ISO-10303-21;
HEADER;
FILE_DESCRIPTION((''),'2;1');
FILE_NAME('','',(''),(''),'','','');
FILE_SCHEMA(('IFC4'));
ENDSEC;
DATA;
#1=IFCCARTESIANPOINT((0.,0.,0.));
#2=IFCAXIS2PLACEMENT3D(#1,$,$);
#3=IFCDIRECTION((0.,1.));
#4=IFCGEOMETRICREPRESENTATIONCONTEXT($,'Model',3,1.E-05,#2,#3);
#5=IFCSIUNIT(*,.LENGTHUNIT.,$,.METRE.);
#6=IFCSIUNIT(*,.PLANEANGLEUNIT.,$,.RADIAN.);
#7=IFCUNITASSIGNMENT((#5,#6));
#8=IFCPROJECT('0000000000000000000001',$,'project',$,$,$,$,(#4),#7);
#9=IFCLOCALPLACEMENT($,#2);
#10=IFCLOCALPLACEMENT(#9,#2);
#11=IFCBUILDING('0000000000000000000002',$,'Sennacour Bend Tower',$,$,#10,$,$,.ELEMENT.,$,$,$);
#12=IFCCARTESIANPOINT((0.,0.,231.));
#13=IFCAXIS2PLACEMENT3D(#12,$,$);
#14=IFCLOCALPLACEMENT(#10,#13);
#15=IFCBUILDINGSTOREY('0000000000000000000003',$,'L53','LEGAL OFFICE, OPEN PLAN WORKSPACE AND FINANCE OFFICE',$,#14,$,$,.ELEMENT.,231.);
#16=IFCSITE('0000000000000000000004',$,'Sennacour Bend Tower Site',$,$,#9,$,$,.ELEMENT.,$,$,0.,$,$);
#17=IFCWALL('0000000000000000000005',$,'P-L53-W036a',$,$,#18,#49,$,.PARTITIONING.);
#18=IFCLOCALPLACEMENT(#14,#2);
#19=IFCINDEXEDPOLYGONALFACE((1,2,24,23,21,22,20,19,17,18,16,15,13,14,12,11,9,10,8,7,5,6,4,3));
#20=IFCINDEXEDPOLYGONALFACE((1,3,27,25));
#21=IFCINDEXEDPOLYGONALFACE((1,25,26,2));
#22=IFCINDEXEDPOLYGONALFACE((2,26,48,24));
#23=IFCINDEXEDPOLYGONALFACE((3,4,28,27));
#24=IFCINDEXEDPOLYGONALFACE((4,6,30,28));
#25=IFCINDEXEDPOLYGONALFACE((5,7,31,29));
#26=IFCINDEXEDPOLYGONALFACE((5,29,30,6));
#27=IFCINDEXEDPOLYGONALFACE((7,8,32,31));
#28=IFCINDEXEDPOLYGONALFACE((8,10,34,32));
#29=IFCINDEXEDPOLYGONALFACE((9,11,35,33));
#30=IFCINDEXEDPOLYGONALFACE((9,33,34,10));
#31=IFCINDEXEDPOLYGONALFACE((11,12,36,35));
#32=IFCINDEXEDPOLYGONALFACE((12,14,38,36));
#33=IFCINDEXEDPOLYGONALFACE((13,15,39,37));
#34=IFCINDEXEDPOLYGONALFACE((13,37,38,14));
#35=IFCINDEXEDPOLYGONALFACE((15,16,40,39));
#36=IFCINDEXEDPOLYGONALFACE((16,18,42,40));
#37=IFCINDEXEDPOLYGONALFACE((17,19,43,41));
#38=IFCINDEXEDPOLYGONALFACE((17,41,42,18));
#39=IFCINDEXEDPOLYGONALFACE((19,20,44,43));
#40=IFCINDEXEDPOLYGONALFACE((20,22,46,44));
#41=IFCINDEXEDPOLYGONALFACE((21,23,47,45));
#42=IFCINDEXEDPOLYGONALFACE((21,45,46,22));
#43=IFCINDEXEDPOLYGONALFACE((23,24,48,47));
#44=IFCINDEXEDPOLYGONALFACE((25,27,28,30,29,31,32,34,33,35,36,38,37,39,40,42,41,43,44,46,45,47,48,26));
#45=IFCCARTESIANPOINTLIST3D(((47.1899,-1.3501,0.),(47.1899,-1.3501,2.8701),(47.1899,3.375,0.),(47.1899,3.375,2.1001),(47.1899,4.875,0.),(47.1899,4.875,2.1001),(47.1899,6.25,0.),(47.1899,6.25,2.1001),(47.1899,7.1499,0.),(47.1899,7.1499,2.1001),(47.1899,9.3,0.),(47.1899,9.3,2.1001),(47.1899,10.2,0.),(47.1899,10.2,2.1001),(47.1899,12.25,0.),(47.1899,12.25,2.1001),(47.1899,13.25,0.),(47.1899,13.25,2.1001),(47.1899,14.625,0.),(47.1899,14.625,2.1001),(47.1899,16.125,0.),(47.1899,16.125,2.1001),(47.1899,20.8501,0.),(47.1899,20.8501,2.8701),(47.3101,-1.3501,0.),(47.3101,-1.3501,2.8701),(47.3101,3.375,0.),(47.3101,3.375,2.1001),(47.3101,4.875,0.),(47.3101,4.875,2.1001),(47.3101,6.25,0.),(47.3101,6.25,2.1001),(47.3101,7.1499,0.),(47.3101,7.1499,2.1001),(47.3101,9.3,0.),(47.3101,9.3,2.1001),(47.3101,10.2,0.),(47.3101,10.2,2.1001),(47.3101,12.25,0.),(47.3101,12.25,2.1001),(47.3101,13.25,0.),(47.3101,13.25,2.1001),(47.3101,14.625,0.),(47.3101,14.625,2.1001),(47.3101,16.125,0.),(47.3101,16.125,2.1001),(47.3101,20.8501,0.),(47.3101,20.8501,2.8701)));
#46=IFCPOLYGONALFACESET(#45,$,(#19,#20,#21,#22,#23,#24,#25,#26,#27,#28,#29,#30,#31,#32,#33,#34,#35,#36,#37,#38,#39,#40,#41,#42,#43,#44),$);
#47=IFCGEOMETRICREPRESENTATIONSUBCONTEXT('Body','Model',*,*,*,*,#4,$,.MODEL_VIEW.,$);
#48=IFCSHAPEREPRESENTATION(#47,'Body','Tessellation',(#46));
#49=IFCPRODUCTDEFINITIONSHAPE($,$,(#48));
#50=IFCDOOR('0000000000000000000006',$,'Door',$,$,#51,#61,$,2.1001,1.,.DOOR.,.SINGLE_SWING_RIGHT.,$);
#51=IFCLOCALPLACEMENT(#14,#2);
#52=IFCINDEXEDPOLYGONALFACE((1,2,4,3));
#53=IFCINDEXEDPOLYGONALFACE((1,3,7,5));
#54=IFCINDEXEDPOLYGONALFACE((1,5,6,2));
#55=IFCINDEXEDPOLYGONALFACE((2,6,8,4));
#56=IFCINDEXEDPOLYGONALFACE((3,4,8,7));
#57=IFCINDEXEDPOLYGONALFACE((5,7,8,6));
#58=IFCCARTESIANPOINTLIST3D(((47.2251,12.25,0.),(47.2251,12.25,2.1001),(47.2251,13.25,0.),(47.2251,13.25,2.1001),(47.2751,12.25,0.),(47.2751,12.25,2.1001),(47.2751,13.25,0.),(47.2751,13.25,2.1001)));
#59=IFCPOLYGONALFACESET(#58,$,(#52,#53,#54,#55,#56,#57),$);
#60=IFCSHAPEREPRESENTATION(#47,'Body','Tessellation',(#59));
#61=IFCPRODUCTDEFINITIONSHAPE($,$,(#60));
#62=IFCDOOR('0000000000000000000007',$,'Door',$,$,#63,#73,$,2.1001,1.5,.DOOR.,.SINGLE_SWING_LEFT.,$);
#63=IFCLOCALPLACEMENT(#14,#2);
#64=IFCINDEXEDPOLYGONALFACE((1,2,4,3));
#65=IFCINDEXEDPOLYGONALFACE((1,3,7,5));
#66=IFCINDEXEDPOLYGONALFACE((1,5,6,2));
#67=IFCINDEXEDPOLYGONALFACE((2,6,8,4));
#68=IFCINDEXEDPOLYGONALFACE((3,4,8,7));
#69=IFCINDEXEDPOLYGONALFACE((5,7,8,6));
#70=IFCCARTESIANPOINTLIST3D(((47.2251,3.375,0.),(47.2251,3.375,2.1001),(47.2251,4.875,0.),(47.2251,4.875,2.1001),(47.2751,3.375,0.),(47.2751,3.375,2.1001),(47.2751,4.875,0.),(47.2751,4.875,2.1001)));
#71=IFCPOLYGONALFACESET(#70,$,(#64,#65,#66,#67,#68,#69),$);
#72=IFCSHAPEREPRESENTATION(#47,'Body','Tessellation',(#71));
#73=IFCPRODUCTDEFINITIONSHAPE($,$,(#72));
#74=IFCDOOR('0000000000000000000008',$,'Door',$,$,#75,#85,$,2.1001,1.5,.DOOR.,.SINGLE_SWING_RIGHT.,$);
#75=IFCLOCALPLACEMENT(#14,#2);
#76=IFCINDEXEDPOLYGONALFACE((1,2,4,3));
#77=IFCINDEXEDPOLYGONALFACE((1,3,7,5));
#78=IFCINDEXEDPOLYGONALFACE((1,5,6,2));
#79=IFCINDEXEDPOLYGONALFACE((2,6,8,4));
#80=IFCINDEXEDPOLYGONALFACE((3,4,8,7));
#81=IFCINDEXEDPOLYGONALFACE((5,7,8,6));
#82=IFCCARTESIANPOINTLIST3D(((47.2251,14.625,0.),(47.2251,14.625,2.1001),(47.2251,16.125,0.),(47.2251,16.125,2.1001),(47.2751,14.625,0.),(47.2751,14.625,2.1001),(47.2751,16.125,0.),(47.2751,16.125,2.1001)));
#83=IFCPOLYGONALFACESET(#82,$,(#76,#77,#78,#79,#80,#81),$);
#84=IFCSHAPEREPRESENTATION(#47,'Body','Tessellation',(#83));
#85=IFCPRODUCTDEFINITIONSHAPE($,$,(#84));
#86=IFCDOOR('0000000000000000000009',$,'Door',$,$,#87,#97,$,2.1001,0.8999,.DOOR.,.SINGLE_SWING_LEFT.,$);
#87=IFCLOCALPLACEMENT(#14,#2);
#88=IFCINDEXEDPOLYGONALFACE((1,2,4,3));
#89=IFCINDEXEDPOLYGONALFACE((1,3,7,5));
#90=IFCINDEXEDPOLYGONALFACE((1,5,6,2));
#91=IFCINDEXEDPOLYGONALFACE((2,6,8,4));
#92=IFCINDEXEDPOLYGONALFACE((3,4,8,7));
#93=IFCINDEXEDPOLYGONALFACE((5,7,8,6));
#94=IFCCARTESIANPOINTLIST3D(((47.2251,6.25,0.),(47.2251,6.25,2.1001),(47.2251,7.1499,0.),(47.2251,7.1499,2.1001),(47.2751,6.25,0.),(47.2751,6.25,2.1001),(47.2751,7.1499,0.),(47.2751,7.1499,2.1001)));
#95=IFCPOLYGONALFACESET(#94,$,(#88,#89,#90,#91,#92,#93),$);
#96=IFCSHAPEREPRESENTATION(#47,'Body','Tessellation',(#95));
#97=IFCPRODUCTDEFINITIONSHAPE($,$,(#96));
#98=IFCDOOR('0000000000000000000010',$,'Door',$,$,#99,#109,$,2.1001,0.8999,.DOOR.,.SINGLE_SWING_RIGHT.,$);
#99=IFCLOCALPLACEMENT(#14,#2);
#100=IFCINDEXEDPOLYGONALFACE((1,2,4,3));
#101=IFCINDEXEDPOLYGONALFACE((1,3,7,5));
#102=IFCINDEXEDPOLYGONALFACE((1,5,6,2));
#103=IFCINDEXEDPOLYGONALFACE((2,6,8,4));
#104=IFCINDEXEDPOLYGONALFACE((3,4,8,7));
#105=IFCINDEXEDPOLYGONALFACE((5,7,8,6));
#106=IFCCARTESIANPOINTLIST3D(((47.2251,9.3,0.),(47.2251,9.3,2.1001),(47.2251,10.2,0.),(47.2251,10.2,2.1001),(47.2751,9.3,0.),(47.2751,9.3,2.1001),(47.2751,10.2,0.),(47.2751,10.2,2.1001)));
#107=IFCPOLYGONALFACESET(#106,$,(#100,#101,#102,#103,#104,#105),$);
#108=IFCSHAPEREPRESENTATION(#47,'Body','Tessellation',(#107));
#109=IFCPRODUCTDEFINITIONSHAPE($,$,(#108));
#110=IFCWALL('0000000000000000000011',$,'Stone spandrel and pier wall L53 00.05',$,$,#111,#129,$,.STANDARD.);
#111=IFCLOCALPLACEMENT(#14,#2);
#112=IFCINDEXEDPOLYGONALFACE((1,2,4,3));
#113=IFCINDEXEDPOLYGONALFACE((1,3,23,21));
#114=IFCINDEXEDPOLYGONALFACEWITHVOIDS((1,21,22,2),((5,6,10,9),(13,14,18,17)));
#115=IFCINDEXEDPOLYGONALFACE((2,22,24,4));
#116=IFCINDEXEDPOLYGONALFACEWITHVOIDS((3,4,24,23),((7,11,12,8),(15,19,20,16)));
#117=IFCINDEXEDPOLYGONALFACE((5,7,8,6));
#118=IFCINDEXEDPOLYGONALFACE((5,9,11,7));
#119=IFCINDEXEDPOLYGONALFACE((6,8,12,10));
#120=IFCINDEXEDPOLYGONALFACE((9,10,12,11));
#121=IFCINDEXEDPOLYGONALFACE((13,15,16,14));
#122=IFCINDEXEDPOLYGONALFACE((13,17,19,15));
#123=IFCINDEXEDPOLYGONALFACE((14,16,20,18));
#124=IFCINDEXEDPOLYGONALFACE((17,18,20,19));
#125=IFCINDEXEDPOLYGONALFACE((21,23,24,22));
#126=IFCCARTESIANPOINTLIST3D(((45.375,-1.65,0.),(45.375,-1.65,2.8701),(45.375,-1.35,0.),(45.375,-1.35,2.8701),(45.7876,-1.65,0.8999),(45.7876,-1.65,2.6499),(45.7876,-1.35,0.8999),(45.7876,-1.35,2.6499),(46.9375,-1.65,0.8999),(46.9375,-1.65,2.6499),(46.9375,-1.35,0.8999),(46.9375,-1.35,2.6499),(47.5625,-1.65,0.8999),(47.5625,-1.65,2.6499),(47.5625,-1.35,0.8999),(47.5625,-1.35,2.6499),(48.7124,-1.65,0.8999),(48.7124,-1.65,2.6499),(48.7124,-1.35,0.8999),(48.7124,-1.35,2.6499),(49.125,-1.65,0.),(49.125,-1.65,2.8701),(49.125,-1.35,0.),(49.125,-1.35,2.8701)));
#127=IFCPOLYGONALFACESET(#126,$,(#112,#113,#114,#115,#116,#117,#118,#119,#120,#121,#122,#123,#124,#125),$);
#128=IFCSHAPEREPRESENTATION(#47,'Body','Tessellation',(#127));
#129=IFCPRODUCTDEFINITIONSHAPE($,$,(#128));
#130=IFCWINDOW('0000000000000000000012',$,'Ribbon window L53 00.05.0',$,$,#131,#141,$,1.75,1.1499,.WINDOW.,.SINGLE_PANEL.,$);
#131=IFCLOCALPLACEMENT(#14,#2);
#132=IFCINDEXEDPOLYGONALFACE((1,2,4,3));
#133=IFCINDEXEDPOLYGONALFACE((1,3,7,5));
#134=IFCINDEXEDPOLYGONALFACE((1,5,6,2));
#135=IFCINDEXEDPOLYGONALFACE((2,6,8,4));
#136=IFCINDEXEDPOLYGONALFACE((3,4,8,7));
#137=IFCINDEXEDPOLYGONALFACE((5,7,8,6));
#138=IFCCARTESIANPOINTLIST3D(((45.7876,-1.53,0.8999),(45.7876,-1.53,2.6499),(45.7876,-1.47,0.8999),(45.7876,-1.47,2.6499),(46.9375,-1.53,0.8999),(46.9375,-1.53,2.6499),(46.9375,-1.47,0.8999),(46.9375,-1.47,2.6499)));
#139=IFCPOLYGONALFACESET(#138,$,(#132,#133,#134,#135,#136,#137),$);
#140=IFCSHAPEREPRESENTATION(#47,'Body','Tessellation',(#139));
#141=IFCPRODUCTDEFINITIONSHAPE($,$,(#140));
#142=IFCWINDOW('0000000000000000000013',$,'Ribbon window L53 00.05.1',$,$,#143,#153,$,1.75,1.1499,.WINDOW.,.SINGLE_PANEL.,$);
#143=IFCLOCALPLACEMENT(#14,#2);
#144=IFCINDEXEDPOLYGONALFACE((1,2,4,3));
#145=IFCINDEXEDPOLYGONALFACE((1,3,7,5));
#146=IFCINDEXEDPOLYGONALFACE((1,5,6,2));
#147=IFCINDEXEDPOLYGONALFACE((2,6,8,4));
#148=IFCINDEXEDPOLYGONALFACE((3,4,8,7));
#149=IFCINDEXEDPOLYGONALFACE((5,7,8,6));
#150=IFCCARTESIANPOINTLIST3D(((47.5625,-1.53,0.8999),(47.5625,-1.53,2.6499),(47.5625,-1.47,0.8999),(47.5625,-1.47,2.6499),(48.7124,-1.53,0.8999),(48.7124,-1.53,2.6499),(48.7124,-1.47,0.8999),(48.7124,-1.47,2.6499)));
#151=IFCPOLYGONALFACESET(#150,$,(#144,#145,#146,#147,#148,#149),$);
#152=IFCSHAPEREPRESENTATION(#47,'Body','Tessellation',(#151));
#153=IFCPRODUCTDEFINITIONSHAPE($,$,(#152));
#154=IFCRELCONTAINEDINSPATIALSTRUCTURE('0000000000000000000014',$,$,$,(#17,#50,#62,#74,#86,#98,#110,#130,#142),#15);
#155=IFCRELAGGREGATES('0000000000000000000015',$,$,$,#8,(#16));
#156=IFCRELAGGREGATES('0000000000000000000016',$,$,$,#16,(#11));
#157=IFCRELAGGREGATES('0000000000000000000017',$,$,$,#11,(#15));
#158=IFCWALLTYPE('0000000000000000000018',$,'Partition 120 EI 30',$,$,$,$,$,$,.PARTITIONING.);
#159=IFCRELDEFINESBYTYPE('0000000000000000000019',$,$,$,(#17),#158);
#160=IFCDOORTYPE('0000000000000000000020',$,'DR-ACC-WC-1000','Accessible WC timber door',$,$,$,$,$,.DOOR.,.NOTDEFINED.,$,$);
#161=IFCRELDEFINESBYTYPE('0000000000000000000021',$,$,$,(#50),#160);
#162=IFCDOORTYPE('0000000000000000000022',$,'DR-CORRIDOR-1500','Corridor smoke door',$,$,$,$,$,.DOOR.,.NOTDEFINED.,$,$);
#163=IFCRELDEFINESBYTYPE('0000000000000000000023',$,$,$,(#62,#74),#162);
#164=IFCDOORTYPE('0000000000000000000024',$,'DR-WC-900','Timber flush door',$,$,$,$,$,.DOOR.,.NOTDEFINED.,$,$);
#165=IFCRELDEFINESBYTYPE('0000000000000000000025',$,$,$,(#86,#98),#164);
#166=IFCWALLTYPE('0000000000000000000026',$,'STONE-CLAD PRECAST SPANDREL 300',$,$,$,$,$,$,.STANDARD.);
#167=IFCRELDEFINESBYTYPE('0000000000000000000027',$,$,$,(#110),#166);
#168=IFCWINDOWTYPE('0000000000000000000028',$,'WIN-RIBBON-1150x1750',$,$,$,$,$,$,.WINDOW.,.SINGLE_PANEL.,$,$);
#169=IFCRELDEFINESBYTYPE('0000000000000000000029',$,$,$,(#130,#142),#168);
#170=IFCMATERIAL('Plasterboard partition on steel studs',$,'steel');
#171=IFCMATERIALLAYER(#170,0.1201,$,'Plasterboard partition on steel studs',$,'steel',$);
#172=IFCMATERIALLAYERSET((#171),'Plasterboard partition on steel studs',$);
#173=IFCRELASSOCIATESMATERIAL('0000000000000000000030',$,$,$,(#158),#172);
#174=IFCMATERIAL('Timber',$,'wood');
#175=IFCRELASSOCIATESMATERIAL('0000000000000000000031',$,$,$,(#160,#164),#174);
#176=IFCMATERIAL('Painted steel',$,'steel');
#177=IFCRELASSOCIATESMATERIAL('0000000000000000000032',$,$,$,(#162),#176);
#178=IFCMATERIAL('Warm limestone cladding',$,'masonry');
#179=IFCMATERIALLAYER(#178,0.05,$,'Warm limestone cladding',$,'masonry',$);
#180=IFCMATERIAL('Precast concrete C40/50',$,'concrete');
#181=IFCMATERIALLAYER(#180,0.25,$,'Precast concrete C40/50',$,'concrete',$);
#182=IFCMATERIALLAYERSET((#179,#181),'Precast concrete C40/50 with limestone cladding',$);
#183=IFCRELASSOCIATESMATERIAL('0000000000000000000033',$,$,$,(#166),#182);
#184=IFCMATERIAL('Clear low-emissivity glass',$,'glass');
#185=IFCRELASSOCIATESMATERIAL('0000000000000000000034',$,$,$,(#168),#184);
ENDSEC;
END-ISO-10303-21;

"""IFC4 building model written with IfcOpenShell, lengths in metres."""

from ifc_helpers import new_model, si_unit, direction, frame, frame_2d, origin, place, context, subcontext, project, spatial, rectangle, extrude, material, layer, layer_set, type_object, element, fill, save


model = new_model("IFC4")

# Units and contexts
model_context = context("Model", 3, precision=1e-05, world=origin(), true_north=direction((0.0, 1.0)))
body_context = subcontext(model_context, "Body", "Model", "MODEL_VIEW")
ifc_project = project(units=[si_unit("LENGTHUNIT", "METRE"), si_unit("PLANEANGLEUNIT", "RADIAN")], contexts=[model_context])

# Site, building, storey
site_placement = place(None, origin())
site = spatial("IfcSite", under=ifc_project, at=site_placement, Name="Sennacour Bend Tower Site", CompositionType="ELEMENT", RefElevation=0.0)
building_placement = place(site_placement, origin())
building = spatial("IfcBuilding", under=site, at=building_placement, Name="Sennacour Bend Tower", CompositionType="ELEMENT")
storey_placement = place(building_placement, frame((0.0, 0.0, 231.0)))
storey = spatial("IfcBuildingStorey", under=building, at=storey_placement, Name="L53", Description="LEGAL OFFICE, OPEN PLAN WORKSPACE AND FINANCE OFFICE", CompositionType="ELEMENT", Elevation=231.0)

# Shared definitions
ifc_material_1 = material(Name="Plasterboard partition on steel studs", Category="steel")

# Wall, openings, doors
ifc_layer_1 = layer(ifc_material_1, 0.1201, Name="Plasterboard partition on steel studs", Category="steel")
ifc_layer_set_1 = layer_set([ifc_layer_1], Name="Plasterboard partition on steel studs")
wall_type_1 = type_object("IfcWallType", Name="Partition 120 EI 30", PredefinedType="PARTITIONING", material=ifc_layer_set_1)
wall_1_placement = place(storey_placement, frame((47.25, -1.3501, 0.0), z_axis=(0.0, 0.0, 1.0), x_axis=(0.0, 1.0, 0.0)))
wall_1 = element("IfcWall", 1, at=wall_1_placement, inside=storey, type_object=wall_type_1, Name="P-L53-W036a", PredefinedType="PARTITIONING", context=body_context, shape_type="SweptSolid", body=[
    extrude(rectangle(XDim=22.2002, YDim=0.1201, at=frame_2d((11.1001, 0.0))), origin(), (0.0, 0.0, 1.0), 2.8701),
])
opening_1_placement = place(wall_1_placement, frame((4.7251, 0.0, 0.0)))
opening_1 = element("IfcOpeningElement", 2, at=opening_1_placement, cuts=wall_1, PredefinedType="OPENING", context=body_context, shape_type="SweptSolid", body=[
    extrude(rectangle(XDim=1.5, YDim=2.1001, at=frame_2d((0.75, 1.05))), frame((0.0, 0.0701, 0.0), z_axis=(0.0, -1.0, 0.0), x_axis=(1.0, 0.0, 0.0)), (0.0, 0.0, 1.0), 0.1401),
])
opening_2_placement = place(wall_1_placement, frame((15.9751, 0.0, 0.0)))
opening_2 = element("IfcOpeningElement", 3, at=opening_2_placement, cuts=wall_1, PredefinedType="OPENING", context=body_context, shape_type="SweptSolid", body=[
    extrude(rectangle(XDim=1.5, YDim=2.1001, at=frame_2d((0.75, 1.05))), frame((0.0, 0.0701, 0.0), z_axis=(0.0, -1.0, 0.0), x_axis=(1.0, 0.0, 0.0)), (0.0, 0.0, 1.0), 0.1401),
])
opening_3_placement = place(wall_1_placement, frame((7.6001, 0.0, 0.0)))
opening_3 = element("IfcOpeningElement", 4, at=opening_3_placement, cuts=wall_1, PredefinedType="OPENING", context=body_context, shape_type="SweptSolid", body=[
    extrude(rectangle(XDim=0.8999, YDim=2.1001, at=frame_2d((0.45, 1.05))), frame((0.0, 0.0701, 0.0), z_axis=(0.0, -1.0, 0.0), x_axis=(1.0, 0.0, 0.0)), (0.0, 0.0, 1.0), 0.1401),
])
opening_4_placement = place(wall_1_placement, frame((10.6501, 0.0, 0.0)))
opening_4 = element("IfcOpeningElement", 5, at=opening_4_placement, cuts=wall_1, PredefinedType="OPENING", context=body_context, shape_type="SweptSolid", body=[
    extrude(rectangle(XDim=0.8999, YDim=2.1001, at=frame_2d((0.45, 1.05))), frame((0.0, 0.0701, 0.0), z_axis=(0.0, -1.0, 0.0), x_axis=(1.0, 0.0, 0.0)), (0.0, 0.0, 1.0), 0.1401),
])
opening_5_placement = place(wall_1_placement, frame((13.6001, 0.0, 0.0)))
opening_5 = element("IfcOpeningElement", 6, at=opening_5_placement, cuts=wall_1, PredefinedType="OPENING", context=body_context, shape_type="SweptSolid", body=[
    extrude(rectangle(XDim=1.0, YDim=2.1001, at=frame_2d((0.5, 1.05))), frame((0.0, 0.0701, 0.0), z_axis=(0.0, -1.0, 0.0), x_axis=(1.0, 0.0, 0.0)), (0.0, 0.0, 1.0), 0.1401),
])
ifc_material_2 = material(Name="Timber", Category="wood")
door_type_1 = type_object("IfcDoorType", Name="DR-ACC-WC-1000", Description="Accessible WC timber door", OperationType="NOTDEFINED", PredefinedType="DOOR", material=ifc_material_2)
door_1_placement = place(opening_5_placement, origin())
door_1 = element("IfcDoor", 7, at=door_1_placement, inside=storey, type_object=door_type_1, Name="Door", OperationType="SINGLE_SWING_RIGHT", OverallHeight=2.1001, OverallWidth=1.0, PredefinedType="DOOR", context=body_context, shape_type="SweptSolid", body=[
    extrude(rectangle(XDim=1.0, YDim=2.1001, at=frame_2d((0.5, 1.05))), frame((0.0, 0.0249, 0.0), z_axis=(0.0, -1.0, 0.0), x_axis=(1.0, 0.0, 0.0)), (0.0, 0.0, 1.0), 0.05),
])
fill(opening_5, door_1)
ifc_material_3 = material(Name="Painted steel", Category="steel")
door_type_2 = type_object("IfcDoorType", Name="DR-CORRIDOR-1500", Description="Corridor smoke door", OperationType="NOTDEFINED", PredefinedType="DOOR", material=ifc_material_3)
door_2_placement = place(opening_1_placement, origin())
door_2 = element("IfcDoor", 8, at=door_2_placement, inside=storey, type_object=door_type_2, Name="Door", OperationType="SINGLE_SWING_LEFT", OverallHeight=2.1001, OverallWidth=1.5, PredefinedType="DOOR", context=body_context, shape_type="SweptSolid", body=[
    extrude(rectangle(XDim=1.5, YDim=2.1001, at=frame_2d((0.75, 1.05))), frame((0.0, 0.0249, 0.0), z_axis=(0.0, -1.0, 0.0), x_axis=(1.0, 0.0, 0.0)), (0.0, 0.0, 1.0), 0.05),
])
fill(opening_1, door_2)
door_3_placement = place(opening_2_placement, origin())
door_3 = element("IfcDoor", 9, at=door_3_placement, inside=storey, type_object=door_type_2, Name="Door", OperationType="SINGLE_SWING_RIGHT", OverallHeight=2.1001, OverallWidth=1.5, PredefinedType="DOOR", context=body_context, shape_type="SweptSolid", body=[
    extrude(rectangle(XDim=1.5, YDim=2.1001, at=frame_2d((0.75, 1.05))), frame((0.0, 0.0249, 0.0), z_axis=(0.0, -1.0, 0.0), x_axis=(1.0, 0.0, 0.0)), (0.0, 0.0, 1.0), 0.05),
])
fill(opening_2, door_3)
door_type_3 = type_object("IfcDoorType", Name="DR-WC-900", Description="Timber flush door", OperationType="NOTDEFINED", PredefinedType="DOOR", material=ifc_material_2)
door_4_placement = place(opening_3_placement, origin())
door_4 = element("IfcDoor", 10, at=door_4_placement, inside=storey, type_object=door_type_3, Name="Door", OperationType="SINGLE_SWING_LEFT", OverallHeight=2.1001, OverallWidth=0.8999, PredefinedType="DOOR", context=body_context, shape_type="SweptSolid", body=[
    extrude(rectangle(XDim=0.8999, YDim=2.1001, at=frame_2d((0.45, 1.05))), frame((0.0, 0.0249, 0.0), z_axis=(0.0, -1.0, 0.0), x_axis=(1.0, 0.0, 0.0)), (0.0, 0.0, 1.0), 0.05),
])
fill(opening_3, door_4)
door_5_placement = place(opening_4_placement, origin())
door_5 = element("IfcDoor", 11, at=door_5_placement, inside=storey, type_object=door_type_3, Name="Door", OperationType="SINGLE_SWING_RIGHT", OverallHeight=2.1001, OverallWidth=0.8999, PredefinedType="DOOR", context=body_context, shape_type="SweptSolid", body=[
    extrude(rectangle(XDim=0.8999, YDim=2.1001, at=frame_2d((0.45, 1.05))), frame((0.0, 0.0249, 0.0), z_axis=(0.0, -1.0, 0.0), x_axis=(1.0, 0.0, 0.0)), (0.0, 0.0, 1.0), 0.05),
])
fill(opening_4, door_5)

# Wall, openings, windows
ifc_material_4 = material(Name="Warm limestone cladding", Category="masonry")
ifc_layer_2 = layer(ifc_material_4, 0.05, Name="Warm limestone cladding", Category="masonry")
ifc_material_5 = material(Name="Precast concrete C40/50", Category="concrete")
ifc_layer_3 = layer(ifc_material_5, 0.25, Name="Precast concrete C40/50", Category="concrete")
ifc_layer_set_2 = layer_set([ifc_layer_2, ifc_layer_3], Name="Precast concrete C40/50 with limestone cladding")
wall_type_2 = type_object("IfcWallType", Name="STONE-CLAD PRECAST SPANDREL 300", PredefinedType="STANDARD", material=ifc_layer_set_2)
wall_2_placement = place(storey_placement, frame((45.375, -1.5, 0.0), z_axis=(0.0, 0.0, 1.0), x_axis=(1.0, 0.0, 0.0)))
wall_2 = element("IfcWall", 12, at=wall_2_placement, inside=storey, type_object=wall_type_2, Name="Stone spandrel and pier wall L53 00.05", PredefinedType="STANDARD", context=body_context, shape_type="SweptSolid", body=[
    extrude(rectangle(XDim=3.75, YDim=0.3, at=frame_2d((1.875, 0.0))), origin(), (0.0, 0.0, 1.0), 2.8701),
])
opening_6_placement = place(wall_2_placement, frame((0.4126, 0.0, 0.8999)))
opening_6 = element("IfcOpeningElement", 13, at=opening_6_placement, cuts=wall_2, PredefinedType="OPENING", context=body_context, shape_type="SweptSolid", body=[
    extrude(rectangle(XDim=1.1499, YDim=1.75, at=frame_2d((0.575, 0.875))), frame((0.0, 0.1602, 0.0), z_axis=(0.0, -1.0, 0.0), x_axis=(1.0, 0.0, 0.0)), (0.0, 0.0, 1.0), 0.3201),
])
opening_7_placement = place(wall_2_placement, frame((2.1875, 0.0, 0.8999)))
opening_7 = element("IfcOpeningElement", 14, at=opening_7_placement, cuts=wall_2, PredefinedType="OPENING", context=body_context, shape_type="SweptSolid", body=[
    extrude(rectangle(XDim=1.1499, YDim=1.75, at=frame_2d((0.575, 0.875))), frame((0.0, 0.1602, 0.0), z_axis=(0.0, -1.0, 0.0), x_axis=(1.0, 0.0, 0.0)), (0.0, 0.0, 1.0), 0.3201),
])
ifc_material_6 = material(Name="Clear low-emissivity glass", Category="glass")
window_type = type_object("IfcWindowType", Name="WIN-RIBBON-1150x1750", PartitioningType="SINGLE_PANEL", PredefinedType="WINDOW", material=ifc_material_6)
window_1_placement = place(opening_6_placement, origin())
window_1 = element("IfcWindow", 15, at=window_1_placement, inside=storey, type_object=window_type, Name="Ribbon window L53 00.05.0", OverallHeight=1.75, OverallWidth=1.1499, PartitioningType="SINGLE_PANEL", PredefinedType="WINDOW", context=body_context, shape_type="SweptSolid", body=[
    extrude(rectangle(XDim=1.1499, YDim=1.75, at=frame_2d((0.575, 0.875))), frame((0.0, 0.03, 0.0), z_axis=(0.0, -1.0, 0.0), x_axis=(1.0, 0.0, 0.0)), (0.0, 0.0, 1.0), 0.0601),
])
fill(opening_6, window_1)
window_2_placement = place(opening_7_placement, origin())
window_2 = element("IfcWindow", 16, at=window_2_placement, inside=storey, type_object=window_type, Name="Ribbon window L53 00.05.1", OverallHeight=1.75, OverallWidth=1.1499, PartitioningType="SINGLE_PANEL", PredefinedType="WINDOW", context=body_context, shape_type="SweptSolid", body=[
    extrude(rectangle(XDim=1.1499, YDim=1.75, at=frame_2d((0.575, 0.875))), frame((0.0, 0.03, 0.0), z_axis=(0.0, -1.0, 0.0), x_axis=(1.0, 0.0, 0.0)), (0.0, 0.0, 1.0), 0.0601),
])
fill(opening_7, window_2)

save(model, "model.ifc")
